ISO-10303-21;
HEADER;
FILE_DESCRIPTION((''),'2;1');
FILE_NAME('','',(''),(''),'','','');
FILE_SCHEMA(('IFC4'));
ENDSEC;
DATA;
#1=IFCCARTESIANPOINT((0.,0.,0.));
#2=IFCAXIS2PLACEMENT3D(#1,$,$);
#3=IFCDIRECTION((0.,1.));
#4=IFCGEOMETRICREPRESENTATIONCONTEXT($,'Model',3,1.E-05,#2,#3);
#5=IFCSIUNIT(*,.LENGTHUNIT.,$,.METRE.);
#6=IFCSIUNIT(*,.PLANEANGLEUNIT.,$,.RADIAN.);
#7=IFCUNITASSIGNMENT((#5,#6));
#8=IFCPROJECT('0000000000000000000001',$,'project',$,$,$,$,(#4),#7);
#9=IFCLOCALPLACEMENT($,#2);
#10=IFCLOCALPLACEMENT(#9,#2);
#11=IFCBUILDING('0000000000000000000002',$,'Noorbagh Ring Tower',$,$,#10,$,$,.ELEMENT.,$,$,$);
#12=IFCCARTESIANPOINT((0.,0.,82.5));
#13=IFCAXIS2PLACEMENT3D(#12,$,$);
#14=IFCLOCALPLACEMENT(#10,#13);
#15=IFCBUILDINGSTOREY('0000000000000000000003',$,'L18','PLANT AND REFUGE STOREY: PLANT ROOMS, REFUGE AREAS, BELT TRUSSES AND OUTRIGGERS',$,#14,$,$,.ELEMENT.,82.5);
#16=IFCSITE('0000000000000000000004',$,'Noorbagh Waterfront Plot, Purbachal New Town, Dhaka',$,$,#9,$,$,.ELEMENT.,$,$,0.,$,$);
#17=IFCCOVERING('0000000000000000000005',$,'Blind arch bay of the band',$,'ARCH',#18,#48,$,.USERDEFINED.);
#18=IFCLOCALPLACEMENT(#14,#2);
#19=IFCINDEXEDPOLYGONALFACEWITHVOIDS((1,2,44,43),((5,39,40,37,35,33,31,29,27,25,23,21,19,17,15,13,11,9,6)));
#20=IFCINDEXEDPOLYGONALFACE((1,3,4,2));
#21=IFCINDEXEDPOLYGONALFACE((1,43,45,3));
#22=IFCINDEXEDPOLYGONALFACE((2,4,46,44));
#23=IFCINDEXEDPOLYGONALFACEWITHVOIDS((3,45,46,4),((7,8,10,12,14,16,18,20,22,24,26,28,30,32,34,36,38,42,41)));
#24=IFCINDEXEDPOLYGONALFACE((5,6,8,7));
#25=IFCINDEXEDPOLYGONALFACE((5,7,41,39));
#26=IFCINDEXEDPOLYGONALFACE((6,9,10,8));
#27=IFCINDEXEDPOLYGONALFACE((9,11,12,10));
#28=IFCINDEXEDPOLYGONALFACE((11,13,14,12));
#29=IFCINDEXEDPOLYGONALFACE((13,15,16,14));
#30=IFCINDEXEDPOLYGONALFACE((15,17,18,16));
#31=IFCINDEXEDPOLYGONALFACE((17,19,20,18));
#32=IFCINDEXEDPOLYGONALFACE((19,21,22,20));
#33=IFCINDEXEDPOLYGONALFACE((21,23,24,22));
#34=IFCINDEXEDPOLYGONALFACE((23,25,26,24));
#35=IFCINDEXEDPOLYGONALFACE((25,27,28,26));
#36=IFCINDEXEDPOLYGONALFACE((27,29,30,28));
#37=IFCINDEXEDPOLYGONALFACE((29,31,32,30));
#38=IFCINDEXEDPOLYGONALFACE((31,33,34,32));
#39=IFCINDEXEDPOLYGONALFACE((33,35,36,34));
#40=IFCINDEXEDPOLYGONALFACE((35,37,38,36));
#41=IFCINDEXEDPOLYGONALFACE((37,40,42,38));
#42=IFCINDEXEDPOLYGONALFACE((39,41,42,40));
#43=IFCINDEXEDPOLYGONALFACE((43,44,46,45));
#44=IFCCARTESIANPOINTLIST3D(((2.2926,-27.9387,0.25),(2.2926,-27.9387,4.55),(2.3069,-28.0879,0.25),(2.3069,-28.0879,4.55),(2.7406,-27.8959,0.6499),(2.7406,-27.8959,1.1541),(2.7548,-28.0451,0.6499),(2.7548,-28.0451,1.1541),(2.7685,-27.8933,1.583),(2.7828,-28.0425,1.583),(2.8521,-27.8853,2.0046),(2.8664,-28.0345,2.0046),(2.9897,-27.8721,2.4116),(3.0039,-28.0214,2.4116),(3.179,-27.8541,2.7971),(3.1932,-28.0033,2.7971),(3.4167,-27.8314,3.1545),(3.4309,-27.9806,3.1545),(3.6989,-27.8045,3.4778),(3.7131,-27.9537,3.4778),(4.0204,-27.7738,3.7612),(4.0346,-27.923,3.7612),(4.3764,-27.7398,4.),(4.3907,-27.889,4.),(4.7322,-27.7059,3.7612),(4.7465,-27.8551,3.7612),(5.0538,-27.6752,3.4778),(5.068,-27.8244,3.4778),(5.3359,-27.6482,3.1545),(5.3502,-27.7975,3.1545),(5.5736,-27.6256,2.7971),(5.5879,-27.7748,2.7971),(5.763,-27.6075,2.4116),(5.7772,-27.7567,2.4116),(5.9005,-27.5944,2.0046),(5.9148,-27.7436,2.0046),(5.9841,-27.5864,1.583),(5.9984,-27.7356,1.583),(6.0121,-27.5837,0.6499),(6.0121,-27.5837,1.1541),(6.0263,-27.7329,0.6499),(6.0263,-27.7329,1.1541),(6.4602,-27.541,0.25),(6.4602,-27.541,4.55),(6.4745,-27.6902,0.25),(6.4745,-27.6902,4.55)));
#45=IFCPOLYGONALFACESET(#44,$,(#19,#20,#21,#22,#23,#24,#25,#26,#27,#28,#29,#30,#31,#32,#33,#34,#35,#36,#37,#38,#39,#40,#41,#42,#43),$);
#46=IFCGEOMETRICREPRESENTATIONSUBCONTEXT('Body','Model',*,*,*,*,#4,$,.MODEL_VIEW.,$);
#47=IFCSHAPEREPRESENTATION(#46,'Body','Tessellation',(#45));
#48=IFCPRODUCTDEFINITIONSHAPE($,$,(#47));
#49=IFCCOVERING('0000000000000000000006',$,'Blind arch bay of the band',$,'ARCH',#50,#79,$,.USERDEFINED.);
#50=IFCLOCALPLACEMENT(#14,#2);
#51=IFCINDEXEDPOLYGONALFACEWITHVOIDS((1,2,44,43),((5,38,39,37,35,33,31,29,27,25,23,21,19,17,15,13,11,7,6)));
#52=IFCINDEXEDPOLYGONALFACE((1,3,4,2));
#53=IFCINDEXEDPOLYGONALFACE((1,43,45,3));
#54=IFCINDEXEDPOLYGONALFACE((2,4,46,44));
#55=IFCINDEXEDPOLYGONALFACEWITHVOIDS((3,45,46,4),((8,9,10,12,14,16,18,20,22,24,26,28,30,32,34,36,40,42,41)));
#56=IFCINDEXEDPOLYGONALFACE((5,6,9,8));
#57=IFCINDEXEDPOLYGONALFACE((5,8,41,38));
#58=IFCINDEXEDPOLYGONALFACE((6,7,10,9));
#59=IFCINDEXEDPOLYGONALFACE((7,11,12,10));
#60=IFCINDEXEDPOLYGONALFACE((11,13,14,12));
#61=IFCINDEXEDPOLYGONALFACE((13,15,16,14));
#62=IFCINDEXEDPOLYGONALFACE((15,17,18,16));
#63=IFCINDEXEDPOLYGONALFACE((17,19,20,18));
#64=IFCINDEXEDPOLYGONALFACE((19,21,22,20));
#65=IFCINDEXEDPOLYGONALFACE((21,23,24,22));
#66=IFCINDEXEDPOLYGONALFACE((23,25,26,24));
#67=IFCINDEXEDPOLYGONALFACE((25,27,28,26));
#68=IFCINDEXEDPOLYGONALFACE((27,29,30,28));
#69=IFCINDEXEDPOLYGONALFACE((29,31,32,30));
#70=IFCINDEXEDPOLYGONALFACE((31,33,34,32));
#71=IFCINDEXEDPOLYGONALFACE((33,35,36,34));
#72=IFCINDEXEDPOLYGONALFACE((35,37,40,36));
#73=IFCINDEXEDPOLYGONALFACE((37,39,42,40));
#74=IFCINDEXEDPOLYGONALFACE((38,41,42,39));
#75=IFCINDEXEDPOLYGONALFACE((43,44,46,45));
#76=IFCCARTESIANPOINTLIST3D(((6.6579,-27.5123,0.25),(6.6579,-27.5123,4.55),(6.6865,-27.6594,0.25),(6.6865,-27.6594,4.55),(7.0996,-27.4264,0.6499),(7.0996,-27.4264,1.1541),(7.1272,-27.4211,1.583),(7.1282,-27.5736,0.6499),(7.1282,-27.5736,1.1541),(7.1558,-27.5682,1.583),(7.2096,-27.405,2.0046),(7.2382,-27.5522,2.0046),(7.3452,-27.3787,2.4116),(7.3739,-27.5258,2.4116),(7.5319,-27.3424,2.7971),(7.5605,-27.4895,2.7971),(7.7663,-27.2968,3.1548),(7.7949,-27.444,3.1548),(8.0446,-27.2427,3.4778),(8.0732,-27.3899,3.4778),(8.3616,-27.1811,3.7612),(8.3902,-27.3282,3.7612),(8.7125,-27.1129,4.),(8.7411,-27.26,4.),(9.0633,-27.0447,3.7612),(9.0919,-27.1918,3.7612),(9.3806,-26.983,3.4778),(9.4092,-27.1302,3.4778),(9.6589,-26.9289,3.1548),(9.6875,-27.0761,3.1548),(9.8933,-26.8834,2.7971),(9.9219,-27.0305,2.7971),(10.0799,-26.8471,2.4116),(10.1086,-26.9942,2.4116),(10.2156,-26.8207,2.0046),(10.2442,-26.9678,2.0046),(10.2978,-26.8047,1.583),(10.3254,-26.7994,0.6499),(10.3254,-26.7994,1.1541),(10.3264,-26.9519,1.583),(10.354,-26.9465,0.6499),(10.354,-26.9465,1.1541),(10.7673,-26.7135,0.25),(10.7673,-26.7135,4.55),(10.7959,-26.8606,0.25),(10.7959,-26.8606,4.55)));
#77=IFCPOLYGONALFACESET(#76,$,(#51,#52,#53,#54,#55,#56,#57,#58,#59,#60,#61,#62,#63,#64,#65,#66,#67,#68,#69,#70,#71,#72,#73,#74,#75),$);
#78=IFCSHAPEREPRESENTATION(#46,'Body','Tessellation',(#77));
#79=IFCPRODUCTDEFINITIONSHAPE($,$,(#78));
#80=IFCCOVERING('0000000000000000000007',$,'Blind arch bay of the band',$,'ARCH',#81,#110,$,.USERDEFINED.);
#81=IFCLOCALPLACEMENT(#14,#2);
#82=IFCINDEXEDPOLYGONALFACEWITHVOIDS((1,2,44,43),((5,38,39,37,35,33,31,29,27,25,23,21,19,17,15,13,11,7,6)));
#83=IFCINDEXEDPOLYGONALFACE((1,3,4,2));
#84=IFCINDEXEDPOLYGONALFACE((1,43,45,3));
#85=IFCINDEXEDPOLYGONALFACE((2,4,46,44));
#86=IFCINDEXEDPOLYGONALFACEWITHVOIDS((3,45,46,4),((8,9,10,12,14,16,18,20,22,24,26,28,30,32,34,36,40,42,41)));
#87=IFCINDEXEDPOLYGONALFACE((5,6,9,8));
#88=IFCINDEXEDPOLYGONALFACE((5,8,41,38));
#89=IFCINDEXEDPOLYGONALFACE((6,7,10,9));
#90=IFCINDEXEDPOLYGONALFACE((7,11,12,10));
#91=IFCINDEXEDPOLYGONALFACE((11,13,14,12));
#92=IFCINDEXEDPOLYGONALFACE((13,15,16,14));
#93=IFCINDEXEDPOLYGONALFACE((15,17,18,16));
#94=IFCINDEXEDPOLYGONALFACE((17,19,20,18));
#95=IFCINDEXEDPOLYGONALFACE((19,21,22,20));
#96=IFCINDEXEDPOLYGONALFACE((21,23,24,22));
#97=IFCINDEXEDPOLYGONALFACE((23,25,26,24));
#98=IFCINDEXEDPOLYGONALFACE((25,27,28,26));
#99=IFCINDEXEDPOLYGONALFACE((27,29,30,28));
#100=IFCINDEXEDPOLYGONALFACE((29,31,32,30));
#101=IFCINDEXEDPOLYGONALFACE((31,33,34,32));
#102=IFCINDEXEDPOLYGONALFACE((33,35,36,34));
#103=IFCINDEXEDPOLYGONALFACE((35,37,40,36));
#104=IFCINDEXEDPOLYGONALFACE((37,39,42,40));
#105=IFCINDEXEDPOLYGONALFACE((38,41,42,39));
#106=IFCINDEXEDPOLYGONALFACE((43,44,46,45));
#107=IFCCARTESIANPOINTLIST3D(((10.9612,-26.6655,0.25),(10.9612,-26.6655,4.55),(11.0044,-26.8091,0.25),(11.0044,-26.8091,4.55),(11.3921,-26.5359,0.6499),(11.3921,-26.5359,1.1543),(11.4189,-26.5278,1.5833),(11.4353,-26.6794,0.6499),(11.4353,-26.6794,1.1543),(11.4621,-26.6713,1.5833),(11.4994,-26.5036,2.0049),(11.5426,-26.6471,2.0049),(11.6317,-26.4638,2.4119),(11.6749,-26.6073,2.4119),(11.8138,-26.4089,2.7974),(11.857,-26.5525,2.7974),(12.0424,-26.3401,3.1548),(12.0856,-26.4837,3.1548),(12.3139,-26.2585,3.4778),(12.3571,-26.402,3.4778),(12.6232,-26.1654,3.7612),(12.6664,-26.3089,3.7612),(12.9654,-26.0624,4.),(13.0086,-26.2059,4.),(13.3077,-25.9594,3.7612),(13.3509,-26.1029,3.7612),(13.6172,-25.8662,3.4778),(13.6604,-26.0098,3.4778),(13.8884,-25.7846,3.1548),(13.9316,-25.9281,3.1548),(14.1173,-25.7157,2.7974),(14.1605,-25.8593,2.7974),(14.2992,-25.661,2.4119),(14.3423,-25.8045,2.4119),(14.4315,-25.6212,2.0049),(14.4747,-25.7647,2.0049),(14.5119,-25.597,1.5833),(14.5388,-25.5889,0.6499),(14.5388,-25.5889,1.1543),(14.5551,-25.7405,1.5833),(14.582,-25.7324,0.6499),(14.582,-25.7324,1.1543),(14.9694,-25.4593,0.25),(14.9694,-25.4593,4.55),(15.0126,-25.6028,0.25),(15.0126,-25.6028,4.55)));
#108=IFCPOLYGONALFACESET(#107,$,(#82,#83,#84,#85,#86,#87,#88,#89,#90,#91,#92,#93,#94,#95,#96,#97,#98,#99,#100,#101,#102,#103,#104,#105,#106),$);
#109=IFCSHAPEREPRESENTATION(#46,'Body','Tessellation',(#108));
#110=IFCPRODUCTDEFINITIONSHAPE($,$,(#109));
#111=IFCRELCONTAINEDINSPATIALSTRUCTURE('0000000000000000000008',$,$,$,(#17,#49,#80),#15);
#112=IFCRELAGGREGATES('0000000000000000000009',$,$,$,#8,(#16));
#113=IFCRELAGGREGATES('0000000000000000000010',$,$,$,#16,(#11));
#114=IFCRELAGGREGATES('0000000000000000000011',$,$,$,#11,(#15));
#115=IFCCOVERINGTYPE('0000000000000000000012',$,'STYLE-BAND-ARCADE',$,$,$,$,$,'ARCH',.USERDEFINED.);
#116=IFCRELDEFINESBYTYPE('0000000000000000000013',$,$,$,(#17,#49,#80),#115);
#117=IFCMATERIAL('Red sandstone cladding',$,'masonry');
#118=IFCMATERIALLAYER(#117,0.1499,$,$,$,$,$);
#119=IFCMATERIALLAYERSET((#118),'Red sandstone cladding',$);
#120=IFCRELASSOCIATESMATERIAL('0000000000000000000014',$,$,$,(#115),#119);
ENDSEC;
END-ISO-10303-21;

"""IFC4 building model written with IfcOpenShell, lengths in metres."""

from ifc_helpers import new_model, si_unit, direction, frame, origin, place, context, subcontext, project, spatial, polyline, outline, extrude, material, layer, layer_set, type_object, element, save


model = new_model("IFC4")

# Units and contexts
model_context = context("Model", 3, precision=1e-05, world=origin(), true_north=direction((0.0, 1.0)))
body_context = subcontext(model_context, "Body", "Model", "MODEL_VIEW")
ifc_project = project(units=[si_unit("LENGTHUNIT", "METRE"), si_unit("PLANEANGLEUNIT", "RADIAN")], contexts=[model_context])

# Site, building, storey
site_placement = place(None, origin())
site = spatial("IfcSite", under=ifc_project, at=site_placement, Name="Noorbagh Waterfront Plot, Purbachal New Town, Dhaka", CompositionType="ELEMENT", RefElevation=0.0)
building_placement = place(site_placement, origin())
building = spatial("IfcBuilding", under=site, at=building_placement, Name="Noorbagh Ring Tower", CompositionType="ELEMENT")
storey_placement = place(building_placement, frame((0.0, 0.0, 82.5)))
storey = spatial("IfcBuildingStorey", under=building, at=storey_placement, Name="L18", Description="PLANT AND REFUGE STOREY: PLANT ROOMS, REFUGE AREAS, BELT TRUSSES AND OUTRIGGERS", CompositionType="ELEMENT", Elevation=82.5)

# Coverings
ifc_material_1 = material(Name="Red sandstone cladding", Category="masonry")
ifc_layer_1 = layer(ifc_material_1, 0.1499)
ifc_layer_set_1 = layer_set([ifc_layer_1], Name="Red sandstone cladding")
covering_type_1 = type_object("IfcCoveringType", Name="STYLE-BAND-ARCADE", ElementType="ARCH", PredefinedType="USERDEFINED", material=ifc_layer_set_1)
covering_1_placement = place(storey_placement, frame((2.3069, -28.0879, 0.25), z_axis=(0.094999, -0.995477, 0.0), x_axis=(0.995477, 0.094999, 0.0)))
element("IfcCovering", 1, at=covering_1_placement, inside=storey, type_object=covering_type_1, Name="Blind arch bay of the band", ObjectType="ARCH", PredefinedType="USERDEFINED", context=body_context, shape_type="SweptSolid", body=[
    extrude(outline(polyline([(0.0, 0.0), (4.1865, 0.0), (4.1865, 4.3), (0.0, 4.3), (0.0, 0.0)]), holes=[polyline([(0.45, 0.3999), (0.45, 0.9041), (0.478, 1.333), (0.562, 1.7546), (0.7002, 2.1616), (0.8904, 2.5471), (1.1292, 2.9045), (1.4126, 3.2278), (1.7356, 3.5112), (2.0933, 3.75), (2.4507, 3.5112), (2.7737, 3.2278), (3.0571, 2.9045), (3.2959, 2.5471), (3.4861, 2.1616), (3.6243, 1.7546), (3.7083, 1.333), (3.7363, 0.9041), (3.7363, 0.3999), (0.45, 0.3999)])]), origin(), (0.0, 0.0, -1.0), 0.1499),
])
covering_2_placement = place(storey_placement, frame((6.6865, -27.6594, 0.25), z_axis=(0.19082, -0.981625, 0.0), x_axis=(0.981625, 0.19082, 0.0)))
element("IfcCovering", 2, at=covering_2_placement, inside=storey, type_object=covering_type_1, Name="Blind arch bay of the band", ObjectType="ARCH", PredefinedType="USERDEFINED", context=body_context, shape_type="SweptSolid", body=[
    extrude(outline(polyline([(0.0, 0.0), (4.1863, 0.0), (4.1863, 4.3), (0.0, 4.3), (0.0, 0.0)]), holes=[polyline([(0.45, 0.3999), (0.45, 0.9041), (0.478, 1.333), (0.562, 1.7546), (0.7002, 2.1616), (0.8904, 2.5471), (1.1292, 2.9048), (1.4126, 3.2278), (1.7356, 3.5112), (2.093, 3.75), (2.4504, 3.5112), (2.7737, 3.2278), (3.0571, 2.9048), (3.2959, 2.5471), (3.4861, 2.1616), (3.6243, 1.7546), (3.708, 1.333), (3.7361, 0.9041), (3.7361, 0.3999), (0.45, 0.3999)])]), origin(), (0.0, 0.0, -1.0), 0.1499),
])
covering_3_placement = place(storey_placement, frame((11.0044, -26.8091, 0.25), z_axis=(0.288183, -0.957575, 0.0), x_axis=(0.957575, 0.288183, 0.0)))
element("IfcCovering", 3, at=covering_3_placement, inside=storey, type_object=covering_type_1, Name="Blind arch bay of the band", ObjectType="ARCH", PredefinedType="USERDEFINED", context=body_context, shape_type="SweptSolid", body=[
    extrude(outline(polyline([(0.0, 0.0), (4.1858, 0.0), (4.1858, 4.3), (0.0, 4.3), (0.0, 0.0)]), holes=[polyline([(0.45, 0.3999), (0.45, 0.9043), (0.478, 1.3333), (0.562, 1.7549), (0.7002, 2.1619), (0.8904, 2.5474), (1.1292, 2.9048), (1.4126, 3.2278), (1.7356, 3.5112), (2.093, 3.75), (2.4504, 3.5112), (2.7737, 3.2278), (3.0569, 2.9048), (3.2959, 2.5474), (3.4858, 2.1619), (3.624, 1.7549), (3.708, 1.3333), (3.7361, 0.9043), (3.7361, 0.3999), (0.45, 0.3999)])]), origin(), (0.0, 0.0, -1.0), 0.1499),
])

save(model, "model.ifc")
